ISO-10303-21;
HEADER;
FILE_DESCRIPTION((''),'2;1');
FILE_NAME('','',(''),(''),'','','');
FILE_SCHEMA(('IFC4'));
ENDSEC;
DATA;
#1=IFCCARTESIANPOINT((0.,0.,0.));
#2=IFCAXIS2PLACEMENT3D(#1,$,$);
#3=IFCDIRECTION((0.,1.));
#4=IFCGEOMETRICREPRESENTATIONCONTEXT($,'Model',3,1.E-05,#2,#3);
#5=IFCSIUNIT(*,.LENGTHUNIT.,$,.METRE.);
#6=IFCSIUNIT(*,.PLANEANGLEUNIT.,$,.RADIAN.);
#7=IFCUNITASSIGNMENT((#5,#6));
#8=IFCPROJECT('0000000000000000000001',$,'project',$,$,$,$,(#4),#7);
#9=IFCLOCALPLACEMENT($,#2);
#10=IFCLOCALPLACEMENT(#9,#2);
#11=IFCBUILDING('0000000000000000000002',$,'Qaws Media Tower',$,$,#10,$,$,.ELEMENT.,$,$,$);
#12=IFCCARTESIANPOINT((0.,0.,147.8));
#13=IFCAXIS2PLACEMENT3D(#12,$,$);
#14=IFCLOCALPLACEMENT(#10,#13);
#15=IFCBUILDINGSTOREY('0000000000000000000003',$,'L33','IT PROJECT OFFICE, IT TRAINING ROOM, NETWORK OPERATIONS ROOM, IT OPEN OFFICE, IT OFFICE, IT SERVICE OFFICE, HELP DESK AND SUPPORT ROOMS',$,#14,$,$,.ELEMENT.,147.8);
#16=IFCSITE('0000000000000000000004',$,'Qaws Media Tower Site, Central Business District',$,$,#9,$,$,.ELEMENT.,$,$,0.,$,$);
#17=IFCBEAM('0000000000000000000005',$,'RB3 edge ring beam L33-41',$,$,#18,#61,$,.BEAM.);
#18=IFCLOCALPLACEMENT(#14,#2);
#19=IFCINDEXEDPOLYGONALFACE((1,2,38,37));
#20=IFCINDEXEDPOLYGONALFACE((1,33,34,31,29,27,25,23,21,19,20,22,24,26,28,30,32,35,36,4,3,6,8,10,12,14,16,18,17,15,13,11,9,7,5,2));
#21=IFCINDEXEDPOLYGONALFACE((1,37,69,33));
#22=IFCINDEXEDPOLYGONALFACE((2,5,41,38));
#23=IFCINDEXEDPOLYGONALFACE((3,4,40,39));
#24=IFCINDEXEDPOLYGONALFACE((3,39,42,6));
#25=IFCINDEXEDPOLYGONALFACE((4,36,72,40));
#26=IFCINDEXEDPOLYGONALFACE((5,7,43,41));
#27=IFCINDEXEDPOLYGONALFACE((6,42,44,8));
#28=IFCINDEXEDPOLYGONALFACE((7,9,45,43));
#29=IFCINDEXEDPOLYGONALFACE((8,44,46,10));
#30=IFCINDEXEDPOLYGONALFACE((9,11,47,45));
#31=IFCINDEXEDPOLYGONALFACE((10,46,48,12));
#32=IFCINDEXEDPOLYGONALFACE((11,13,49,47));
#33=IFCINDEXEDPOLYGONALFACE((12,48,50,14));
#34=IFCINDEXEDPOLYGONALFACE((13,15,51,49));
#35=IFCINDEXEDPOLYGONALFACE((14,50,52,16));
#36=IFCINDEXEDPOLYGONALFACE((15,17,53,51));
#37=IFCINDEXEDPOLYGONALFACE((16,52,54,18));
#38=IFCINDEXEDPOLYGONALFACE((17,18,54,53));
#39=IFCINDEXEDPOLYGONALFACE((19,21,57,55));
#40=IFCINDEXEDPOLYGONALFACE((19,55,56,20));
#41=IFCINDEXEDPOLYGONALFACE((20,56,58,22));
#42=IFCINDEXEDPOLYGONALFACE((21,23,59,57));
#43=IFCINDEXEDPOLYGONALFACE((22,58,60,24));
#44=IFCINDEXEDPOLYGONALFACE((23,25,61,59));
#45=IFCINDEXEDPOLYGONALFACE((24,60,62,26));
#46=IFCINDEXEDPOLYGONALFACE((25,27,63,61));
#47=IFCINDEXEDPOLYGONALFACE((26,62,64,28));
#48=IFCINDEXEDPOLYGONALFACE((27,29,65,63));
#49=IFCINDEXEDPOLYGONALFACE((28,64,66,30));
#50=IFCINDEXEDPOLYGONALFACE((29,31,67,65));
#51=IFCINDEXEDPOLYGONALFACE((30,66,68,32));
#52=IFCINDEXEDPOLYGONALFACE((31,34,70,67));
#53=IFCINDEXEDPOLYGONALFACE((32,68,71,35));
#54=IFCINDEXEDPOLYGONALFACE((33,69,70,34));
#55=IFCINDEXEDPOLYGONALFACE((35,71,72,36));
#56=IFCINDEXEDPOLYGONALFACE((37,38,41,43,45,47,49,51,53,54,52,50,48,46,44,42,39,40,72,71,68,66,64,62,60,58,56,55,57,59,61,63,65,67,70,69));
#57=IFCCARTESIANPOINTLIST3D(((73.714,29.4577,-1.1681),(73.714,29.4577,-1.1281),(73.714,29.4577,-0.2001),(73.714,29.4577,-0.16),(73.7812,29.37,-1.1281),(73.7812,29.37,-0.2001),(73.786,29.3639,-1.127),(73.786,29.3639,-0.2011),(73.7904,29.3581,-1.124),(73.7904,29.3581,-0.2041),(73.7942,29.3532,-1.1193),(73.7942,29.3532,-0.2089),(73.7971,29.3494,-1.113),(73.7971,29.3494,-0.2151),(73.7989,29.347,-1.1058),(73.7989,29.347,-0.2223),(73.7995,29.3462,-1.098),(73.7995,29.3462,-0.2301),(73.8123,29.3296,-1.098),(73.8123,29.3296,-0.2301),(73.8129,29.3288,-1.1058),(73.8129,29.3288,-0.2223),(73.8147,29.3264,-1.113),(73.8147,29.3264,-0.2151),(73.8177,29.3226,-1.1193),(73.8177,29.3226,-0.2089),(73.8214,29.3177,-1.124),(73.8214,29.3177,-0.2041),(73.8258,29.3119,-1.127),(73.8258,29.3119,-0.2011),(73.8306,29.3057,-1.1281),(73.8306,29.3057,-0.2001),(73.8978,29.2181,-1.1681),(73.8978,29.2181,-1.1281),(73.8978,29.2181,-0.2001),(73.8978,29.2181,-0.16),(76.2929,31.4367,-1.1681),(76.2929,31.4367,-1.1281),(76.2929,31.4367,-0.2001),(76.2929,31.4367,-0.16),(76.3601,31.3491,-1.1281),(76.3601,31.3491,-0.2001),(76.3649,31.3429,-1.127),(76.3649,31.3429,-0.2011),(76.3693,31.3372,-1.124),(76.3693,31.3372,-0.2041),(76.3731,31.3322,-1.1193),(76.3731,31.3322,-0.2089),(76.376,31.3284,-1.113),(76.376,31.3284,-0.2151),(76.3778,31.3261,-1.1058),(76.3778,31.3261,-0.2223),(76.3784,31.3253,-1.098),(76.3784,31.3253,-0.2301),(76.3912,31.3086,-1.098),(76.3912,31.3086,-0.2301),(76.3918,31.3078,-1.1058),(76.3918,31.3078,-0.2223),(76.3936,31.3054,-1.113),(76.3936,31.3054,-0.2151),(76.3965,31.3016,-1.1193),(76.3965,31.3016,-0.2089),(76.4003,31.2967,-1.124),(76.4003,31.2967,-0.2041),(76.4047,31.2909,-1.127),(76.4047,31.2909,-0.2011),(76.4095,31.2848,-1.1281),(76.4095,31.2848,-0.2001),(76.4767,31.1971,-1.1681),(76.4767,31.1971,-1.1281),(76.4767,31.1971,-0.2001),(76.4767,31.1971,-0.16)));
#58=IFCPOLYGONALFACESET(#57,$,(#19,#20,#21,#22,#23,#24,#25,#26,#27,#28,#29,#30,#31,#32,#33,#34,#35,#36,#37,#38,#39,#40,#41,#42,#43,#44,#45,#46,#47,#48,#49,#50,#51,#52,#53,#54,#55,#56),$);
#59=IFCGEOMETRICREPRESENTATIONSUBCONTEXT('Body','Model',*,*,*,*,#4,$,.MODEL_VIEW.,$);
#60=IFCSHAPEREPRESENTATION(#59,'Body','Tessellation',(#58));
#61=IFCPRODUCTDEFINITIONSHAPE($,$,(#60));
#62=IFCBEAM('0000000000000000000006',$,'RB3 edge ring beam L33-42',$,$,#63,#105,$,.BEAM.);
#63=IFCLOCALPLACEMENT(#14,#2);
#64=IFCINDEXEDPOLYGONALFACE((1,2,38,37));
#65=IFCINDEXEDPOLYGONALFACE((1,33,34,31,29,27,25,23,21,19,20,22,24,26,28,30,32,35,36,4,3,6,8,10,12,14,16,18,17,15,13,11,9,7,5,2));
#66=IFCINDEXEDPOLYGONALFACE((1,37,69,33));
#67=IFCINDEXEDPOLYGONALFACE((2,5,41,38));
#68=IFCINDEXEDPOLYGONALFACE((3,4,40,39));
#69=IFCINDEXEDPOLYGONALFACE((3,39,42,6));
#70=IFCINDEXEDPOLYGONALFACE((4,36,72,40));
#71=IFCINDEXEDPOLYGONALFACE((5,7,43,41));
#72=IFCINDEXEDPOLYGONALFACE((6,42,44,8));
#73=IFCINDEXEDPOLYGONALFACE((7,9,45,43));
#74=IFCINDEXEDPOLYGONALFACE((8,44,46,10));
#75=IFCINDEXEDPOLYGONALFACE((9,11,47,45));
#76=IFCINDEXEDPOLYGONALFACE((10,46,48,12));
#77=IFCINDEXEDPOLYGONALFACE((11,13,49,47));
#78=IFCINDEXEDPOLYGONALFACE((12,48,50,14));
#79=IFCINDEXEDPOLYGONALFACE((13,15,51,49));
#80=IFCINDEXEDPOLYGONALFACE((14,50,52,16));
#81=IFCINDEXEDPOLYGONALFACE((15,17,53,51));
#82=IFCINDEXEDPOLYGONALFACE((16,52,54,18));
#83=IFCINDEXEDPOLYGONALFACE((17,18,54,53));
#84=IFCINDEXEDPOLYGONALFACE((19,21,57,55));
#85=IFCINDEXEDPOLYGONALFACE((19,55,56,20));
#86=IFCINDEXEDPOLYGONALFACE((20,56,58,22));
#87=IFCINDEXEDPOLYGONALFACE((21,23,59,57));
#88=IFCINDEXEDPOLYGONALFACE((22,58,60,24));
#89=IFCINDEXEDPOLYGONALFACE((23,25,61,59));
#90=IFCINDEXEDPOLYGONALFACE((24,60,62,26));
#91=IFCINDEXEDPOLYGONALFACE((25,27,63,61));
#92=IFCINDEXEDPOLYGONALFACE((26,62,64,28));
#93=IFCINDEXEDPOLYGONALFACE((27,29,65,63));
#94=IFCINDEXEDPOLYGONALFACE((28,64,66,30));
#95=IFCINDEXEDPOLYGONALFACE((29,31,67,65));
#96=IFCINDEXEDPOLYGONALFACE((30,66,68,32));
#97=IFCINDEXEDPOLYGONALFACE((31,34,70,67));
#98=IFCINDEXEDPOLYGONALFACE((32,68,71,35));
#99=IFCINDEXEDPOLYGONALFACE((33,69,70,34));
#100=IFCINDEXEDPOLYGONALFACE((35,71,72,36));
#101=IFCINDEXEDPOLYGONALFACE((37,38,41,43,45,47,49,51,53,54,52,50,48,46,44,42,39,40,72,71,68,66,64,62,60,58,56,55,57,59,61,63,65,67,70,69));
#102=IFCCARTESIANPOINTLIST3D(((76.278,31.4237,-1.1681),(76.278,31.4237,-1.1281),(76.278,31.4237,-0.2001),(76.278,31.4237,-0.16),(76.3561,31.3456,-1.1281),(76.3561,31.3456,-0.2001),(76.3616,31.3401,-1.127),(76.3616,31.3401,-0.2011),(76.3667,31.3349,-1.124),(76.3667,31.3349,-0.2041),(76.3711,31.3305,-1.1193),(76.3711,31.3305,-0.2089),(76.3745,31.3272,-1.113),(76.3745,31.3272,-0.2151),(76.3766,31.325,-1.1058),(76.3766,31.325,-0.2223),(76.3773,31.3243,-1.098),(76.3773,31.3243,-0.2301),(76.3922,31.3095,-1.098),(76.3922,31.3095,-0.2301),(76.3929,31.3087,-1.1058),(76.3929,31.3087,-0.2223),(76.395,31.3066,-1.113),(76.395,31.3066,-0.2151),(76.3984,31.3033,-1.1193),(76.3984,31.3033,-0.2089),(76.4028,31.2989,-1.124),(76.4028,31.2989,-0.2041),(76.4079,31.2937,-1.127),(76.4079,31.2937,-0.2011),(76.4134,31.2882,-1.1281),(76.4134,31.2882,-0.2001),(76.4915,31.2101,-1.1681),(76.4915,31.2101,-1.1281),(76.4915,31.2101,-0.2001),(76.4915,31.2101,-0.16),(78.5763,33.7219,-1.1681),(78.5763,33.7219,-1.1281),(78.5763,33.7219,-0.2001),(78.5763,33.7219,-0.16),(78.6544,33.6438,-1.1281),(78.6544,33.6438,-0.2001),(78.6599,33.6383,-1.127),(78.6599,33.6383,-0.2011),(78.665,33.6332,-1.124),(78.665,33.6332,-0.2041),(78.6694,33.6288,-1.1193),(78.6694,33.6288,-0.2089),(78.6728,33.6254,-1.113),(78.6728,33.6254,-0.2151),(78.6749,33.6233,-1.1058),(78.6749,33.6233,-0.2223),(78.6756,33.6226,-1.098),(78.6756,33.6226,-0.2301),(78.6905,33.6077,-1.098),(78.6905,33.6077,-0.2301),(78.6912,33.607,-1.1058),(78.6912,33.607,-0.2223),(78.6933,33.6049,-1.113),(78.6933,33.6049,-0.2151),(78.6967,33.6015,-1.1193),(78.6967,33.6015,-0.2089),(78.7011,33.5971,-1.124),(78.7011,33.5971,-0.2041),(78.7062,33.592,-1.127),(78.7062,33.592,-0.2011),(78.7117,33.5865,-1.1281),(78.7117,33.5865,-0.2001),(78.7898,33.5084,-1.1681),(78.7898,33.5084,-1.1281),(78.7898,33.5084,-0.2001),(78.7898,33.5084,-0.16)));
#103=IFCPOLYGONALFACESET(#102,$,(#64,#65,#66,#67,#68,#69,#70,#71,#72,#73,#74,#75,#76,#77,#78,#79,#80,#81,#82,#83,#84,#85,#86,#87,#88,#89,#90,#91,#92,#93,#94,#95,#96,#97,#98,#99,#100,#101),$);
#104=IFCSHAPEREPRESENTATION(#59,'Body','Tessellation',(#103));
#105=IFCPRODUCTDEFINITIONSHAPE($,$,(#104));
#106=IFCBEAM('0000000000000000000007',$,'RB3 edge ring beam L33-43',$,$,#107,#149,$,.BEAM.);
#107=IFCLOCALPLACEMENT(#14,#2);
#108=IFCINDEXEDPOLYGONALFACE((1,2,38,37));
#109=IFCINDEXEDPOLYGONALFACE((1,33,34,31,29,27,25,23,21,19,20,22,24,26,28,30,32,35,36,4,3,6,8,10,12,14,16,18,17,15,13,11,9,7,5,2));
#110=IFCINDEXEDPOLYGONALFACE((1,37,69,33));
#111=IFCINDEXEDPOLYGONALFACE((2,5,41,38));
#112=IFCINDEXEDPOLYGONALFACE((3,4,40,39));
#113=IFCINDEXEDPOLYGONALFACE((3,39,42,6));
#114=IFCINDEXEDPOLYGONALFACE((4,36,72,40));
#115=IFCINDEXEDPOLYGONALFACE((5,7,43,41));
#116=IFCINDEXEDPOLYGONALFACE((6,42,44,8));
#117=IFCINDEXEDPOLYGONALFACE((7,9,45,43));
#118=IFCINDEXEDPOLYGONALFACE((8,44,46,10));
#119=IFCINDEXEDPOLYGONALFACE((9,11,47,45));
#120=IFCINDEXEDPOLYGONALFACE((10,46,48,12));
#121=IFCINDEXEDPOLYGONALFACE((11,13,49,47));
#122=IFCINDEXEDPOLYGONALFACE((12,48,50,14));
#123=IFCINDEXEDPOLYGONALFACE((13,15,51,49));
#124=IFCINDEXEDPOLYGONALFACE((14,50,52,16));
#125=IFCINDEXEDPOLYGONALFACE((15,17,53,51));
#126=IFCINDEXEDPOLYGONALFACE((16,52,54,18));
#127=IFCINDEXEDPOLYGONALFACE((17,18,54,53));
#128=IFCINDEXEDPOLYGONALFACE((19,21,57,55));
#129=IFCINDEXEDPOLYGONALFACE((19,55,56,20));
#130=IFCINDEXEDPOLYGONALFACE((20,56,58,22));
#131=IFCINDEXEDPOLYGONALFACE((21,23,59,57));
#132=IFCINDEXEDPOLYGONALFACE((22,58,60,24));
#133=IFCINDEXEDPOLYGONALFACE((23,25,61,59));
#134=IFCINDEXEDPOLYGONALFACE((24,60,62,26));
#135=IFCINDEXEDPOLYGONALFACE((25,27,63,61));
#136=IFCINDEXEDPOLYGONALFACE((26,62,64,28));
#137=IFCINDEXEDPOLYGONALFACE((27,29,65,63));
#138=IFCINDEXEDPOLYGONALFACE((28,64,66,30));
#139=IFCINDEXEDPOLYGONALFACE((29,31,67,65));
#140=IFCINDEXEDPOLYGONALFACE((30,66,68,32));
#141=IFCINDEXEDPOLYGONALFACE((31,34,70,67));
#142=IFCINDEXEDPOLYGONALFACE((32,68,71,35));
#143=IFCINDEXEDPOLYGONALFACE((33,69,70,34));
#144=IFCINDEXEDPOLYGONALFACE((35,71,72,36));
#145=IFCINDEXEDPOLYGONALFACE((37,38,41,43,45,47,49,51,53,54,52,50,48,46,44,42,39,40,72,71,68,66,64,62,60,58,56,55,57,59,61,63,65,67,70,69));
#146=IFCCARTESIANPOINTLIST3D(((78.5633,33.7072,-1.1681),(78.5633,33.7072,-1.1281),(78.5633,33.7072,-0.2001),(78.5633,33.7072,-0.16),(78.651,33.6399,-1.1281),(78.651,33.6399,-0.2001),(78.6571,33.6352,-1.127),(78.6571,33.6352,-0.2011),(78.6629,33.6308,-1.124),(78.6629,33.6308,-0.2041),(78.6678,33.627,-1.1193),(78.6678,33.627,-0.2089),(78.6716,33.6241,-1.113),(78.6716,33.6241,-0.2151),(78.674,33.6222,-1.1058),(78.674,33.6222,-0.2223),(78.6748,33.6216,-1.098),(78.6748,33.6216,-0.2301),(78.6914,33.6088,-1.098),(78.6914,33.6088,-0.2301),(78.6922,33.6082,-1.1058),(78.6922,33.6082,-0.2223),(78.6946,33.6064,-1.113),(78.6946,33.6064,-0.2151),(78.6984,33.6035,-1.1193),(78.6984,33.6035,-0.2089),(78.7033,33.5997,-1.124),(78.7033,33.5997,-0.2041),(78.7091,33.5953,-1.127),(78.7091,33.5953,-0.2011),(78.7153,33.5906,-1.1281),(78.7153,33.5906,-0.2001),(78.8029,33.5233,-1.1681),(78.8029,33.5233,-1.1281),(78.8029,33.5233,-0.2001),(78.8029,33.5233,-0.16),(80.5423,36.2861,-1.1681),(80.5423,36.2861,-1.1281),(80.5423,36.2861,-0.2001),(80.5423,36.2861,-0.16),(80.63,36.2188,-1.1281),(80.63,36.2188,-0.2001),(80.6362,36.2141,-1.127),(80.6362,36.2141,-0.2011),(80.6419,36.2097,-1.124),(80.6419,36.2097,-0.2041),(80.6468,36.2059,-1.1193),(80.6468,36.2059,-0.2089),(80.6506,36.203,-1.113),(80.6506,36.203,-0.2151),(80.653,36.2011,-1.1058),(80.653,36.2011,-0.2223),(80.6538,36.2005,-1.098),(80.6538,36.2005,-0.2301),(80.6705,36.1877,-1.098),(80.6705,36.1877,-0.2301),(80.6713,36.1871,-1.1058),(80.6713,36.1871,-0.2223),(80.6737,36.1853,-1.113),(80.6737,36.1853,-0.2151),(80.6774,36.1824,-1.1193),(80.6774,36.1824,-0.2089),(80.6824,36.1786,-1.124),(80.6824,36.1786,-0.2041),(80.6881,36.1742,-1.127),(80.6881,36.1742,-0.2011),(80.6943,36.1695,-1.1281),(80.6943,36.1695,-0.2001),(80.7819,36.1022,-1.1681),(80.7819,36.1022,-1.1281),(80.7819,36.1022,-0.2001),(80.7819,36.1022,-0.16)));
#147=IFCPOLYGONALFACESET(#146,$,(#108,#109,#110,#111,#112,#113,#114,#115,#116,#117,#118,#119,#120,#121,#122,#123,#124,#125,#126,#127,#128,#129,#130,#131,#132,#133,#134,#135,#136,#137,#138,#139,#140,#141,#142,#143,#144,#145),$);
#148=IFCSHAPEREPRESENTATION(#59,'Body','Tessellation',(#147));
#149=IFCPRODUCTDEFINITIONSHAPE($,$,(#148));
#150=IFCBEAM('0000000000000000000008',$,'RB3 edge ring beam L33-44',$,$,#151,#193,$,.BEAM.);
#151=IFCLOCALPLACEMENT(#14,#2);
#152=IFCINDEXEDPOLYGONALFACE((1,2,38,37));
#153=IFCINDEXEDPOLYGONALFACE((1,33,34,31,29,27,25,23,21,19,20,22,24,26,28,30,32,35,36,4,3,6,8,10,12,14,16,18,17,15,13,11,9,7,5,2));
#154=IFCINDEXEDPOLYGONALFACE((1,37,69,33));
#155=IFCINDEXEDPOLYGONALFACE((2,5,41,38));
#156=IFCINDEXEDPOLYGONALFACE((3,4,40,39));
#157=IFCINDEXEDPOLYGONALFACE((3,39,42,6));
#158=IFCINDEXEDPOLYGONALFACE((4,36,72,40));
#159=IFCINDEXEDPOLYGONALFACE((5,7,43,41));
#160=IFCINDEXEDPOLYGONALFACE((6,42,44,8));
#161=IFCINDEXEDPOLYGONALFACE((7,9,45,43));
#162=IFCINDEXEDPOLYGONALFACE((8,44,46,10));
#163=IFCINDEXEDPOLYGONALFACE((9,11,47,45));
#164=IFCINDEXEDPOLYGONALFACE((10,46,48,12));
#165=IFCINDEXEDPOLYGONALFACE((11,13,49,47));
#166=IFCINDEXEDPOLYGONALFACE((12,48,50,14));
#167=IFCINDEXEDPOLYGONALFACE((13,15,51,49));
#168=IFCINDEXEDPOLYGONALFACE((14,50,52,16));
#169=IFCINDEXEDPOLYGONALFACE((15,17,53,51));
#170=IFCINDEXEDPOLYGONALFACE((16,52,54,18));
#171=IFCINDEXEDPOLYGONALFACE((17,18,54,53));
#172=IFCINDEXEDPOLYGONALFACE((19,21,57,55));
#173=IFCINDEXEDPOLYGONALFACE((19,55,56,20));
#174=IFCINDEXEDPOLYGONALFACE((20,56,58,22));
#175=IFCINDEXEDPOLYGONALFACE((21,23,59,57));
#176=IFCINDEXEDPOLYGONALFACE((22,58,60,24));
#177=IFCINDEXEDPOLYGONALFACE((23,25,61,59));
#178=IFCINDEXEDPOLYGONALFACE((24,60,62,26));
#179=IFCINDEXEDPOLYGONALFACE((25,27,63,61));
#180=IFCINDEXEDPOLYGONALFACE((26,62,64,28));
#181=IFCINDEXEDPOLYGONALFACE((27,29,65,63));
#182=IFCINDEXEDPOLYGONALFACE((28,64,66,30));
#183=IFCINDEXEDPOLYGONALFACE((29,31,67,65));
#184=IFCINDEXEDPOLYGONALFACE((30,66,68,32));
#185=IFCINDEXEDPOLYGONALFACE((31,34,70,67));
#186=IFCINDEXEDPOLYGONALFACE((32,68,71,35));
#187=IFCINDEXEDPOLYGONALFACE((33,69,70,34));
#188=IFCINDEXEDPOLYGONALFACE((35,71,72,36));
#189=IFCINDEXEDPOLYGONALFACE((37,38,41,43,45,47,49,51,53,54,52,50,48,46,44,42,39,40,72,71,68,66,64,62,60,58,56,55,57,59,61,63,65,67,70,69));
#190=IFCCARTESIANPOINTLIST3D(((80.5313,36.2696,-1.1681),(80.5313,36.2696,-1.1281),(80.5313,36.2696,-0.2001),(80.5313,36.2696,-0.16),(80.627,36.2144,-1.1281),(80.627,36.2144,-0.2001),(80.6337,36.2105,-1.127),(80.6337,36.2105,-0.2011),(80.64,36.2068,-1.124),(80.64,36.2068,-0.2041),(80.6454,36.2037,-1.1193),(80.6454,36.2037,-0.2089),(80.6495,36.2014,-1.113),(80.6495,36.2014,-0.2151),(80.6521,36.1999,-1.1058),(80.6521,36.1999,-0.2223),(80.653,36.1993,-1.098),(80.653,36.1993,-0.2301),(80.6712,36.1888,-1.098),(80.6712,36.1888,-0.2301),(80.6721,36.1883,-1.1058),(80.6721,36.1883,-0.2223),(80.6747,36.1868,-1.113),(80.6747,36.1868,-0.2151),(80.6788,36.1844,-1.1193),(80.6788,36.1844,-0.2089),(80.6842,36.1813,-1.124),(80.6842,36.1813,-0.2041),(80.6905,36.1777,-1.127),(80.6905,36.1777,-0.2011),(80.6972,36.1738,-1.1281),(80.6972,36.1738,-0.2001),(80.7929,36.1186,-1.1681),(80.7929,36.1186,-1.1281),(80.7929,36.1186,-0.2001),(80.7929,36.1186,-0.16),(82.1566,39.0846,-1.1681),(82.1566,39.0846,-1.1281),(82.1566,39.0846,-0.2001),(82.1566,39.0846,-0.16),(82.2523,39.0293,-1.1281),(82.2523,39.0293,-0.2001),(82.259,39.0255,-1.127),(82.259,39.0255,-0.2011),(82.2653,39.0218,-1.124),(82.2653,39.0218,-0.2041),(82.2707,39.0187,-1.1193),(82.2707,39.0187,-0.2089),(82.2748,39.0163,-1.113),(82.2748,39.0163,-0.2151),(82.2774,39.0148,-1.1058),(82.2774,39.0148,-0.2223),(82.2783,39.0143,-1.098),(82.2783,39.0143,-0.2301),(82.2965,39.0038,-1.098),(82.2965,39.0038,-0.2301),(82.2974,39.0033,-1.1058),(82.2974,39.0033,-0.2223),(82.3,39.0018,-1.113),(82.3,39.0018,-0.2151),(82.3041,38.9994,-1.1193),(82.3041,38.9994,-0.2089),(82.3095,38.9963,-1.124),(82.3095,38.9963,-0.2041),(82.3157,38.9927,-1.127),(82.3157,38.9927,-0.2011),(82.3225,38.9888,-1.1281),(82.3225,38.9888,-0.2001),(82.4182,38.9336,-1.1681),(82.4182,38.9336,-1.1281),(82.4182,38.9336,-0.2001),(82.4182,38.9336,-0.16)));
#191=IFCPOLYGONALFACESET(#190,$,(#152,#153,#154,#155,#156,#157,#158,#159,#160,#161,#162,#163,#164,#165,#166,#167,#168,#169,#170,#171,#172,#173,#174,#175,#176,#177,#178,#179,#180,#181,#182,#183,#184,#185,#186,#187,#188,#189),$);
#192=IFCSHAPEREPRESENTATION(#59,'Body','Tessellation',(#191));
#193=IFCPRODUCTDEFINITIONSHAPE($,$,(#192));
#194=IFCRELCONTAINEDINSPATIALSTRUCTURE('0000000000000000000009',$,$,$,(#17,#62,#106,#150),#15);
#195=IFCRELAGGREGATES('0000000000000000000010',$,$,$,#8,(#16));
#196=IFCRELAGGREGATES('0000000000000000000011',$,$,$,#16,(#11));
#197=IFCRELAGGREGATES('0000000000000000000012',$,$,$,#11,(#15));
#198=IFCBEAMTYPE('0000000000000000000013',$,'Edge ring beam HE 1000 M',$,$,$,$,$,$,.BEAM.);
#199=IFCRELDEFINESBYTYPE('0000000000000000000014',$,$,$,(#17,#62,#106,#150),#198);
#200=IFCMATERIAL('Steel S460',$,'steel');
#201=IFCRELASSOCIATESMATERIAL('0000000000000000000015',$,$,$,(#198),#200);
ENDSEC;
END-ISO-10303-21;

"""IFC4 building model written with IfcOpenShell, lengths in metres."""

from ifc_helpers import new_model, si_unit, direction, frame, origin, origin_2d, place, context, subcontext, project, spatial, i_section, extrude, material, material_profile, profile_set, type_object, element, save


model = new_model("IFC4")

# Units and contexts
model_context = context("Model", 3, precision=1e-05, world=origin(), true_north=direction((0.0, 1.0)))
body_context = subcontext(model_context, "Body", "Model", "MODEL_VIEW")
ifc_project = project(units=[si_unit("LENGTHUNIT", "METRE"), si_unit("PLANEANGLEUNIT", "RADIAN")], contexts=[model_context])

# Site, building, storey
site_placement = place(None, origin())
site = spatial("IfcSite", under=ifc_project, at=site_placement, Name="Qaws Media Tower Site, Central Business District", CompositionType="ELEMENT", RefElevation=0.0)
building_placement = place(site_placement, origin())
building = spatial("IfcBuilding", under=site, at=building_placement, Name="Qaws Media Tower", CompositionType="ELEMENT")
storey_placement = place(building_placement, frame((0.0, 0.0, 147.8)))
storey = spatial("IfcBuildingStorey", under=building, at=storey_placement, Name="L33", Description="IT PROJECT OFFICE, IT TRAINING ROOM, NETWORK OPERATIONS ROOM, IT OPEN OFFICE, IT OFFICE, IT SERVICE OFFICE, HELP DESK AND SUPPORT ROOMS", CompositionType="ELEMENT", Elevation=147.8)

# Beams
ifc_material_1 = material(Name="Steel S460", Category="steel")
ifc_material_profile_1 = material_profile(ifc_material_1, i_section(OverallWidth=0.302, OverallDepth=1.0081, WebThickness=0.021, FlangeThickness=0.04, FilletRadius=0.03, at=origin_2d()), Name="HE 1000 M")
ifc_profile_set_1 = profile_set([ifc_material_profile_1], Name="Steel S460")
beam_type = type_object("IfcBeamType", Name="Edge ring beam HE 1000 M", PredefinedType="BEAM", material=ifc_profile_set_1)
beam_1_placement = place(storey_placement, frame((73.8059, 29.3379, -0.6641), z_axis=(0.793327, 0.608796, 0.0), x_axis=(-0.608796, 0.793327, 0.0)))
element("IfcBeam", 1, at=beam_1_placement, inside=storey, type_object=beam_type, Name="RB3 edge ring beam L33-41", PredefinedType="BEAM", context=body_context, shape_type="SweptSolid", body=[
    extrude(i_section(OverallWidth=0.302, OverallDepth=1.0081, WebThickness=0.021, FlangeThickness=0.04, FilletRadius=0.03, at=origin_2d()), origin(), (0.0, 0.0, 1.0), 3.2507),
])
beam_2_placement = place(storey_placement, frame((76.3848, 31.3169, -0.6641), z_axis=(0.707107, 0.707107, 0.0), x_axis=(-0.707107, 0.707107, 0.0)))
element("IfcBeam", 2, at=beam_2_placement, inside=storey, type_object=beam_type, Name="RB3 edge ring beam L33-42", PredefinedType="BEAM", context=body_context, shape_type="SweptSolid", body=[
    extrude(i_section(OverallWidth=0.302, OverallDepth=1.0081, WebThickness=0.021, FlangeThickness=0.04, FilletRadius=0.03, at=origin_2d()), origin(), (0.0, 0.0, 1.0), 3.2502),
])
beam_3_placement = place(storey_placement, frame((78.6831, 33.6152, -0.6641), z_axis=(0.608796, 0.793327, 0.0), x_axis=(-0.793327, 0.608796, 0.0)))
element("IfcBeam", 3, at=beam_3_placement, inside=storey, type_object=beam_type, Name="RB3 edge ring beam L33-43", PredefinedType="BEAM", context=body_context, shape_type="SweptSolid", body=[
    extrude(i_section(OverallWidth=0.302, OverallDepth=1.0081, WebThickness=0.021, FlangeThickness=0.04, FilletRadius=0.03, at=origin_2d()), origin(), (0.0, 0.0, 1.0), 3.2507),
])
beam_4_placement = place(storey_placement, frame((80.6621, 36.1941, -0.6641), z_axis=(0.500009, 0.86602, 0.0), x_axis=(-0.86602, 0.500009, 0.0)))
element("IfcBeam", 4, at=beam_4_placement, inside=storey, type_object=beam_type, Name="RB3 edge ring beam L33-44", PredefinedType="BEAM", context=body_context, shape_type="SweptSolid", body=[
    extrude(i_section(OverallWidth=0.302, OverallDepth=1.0081, WebThickness=0.021, FlangeThickness=0.04, FilletRadius=0.03, at=origin_2d()), origin(), (0.0, 0.0, 1.0), 3.2505),
])

save(model, "model.ifc")
